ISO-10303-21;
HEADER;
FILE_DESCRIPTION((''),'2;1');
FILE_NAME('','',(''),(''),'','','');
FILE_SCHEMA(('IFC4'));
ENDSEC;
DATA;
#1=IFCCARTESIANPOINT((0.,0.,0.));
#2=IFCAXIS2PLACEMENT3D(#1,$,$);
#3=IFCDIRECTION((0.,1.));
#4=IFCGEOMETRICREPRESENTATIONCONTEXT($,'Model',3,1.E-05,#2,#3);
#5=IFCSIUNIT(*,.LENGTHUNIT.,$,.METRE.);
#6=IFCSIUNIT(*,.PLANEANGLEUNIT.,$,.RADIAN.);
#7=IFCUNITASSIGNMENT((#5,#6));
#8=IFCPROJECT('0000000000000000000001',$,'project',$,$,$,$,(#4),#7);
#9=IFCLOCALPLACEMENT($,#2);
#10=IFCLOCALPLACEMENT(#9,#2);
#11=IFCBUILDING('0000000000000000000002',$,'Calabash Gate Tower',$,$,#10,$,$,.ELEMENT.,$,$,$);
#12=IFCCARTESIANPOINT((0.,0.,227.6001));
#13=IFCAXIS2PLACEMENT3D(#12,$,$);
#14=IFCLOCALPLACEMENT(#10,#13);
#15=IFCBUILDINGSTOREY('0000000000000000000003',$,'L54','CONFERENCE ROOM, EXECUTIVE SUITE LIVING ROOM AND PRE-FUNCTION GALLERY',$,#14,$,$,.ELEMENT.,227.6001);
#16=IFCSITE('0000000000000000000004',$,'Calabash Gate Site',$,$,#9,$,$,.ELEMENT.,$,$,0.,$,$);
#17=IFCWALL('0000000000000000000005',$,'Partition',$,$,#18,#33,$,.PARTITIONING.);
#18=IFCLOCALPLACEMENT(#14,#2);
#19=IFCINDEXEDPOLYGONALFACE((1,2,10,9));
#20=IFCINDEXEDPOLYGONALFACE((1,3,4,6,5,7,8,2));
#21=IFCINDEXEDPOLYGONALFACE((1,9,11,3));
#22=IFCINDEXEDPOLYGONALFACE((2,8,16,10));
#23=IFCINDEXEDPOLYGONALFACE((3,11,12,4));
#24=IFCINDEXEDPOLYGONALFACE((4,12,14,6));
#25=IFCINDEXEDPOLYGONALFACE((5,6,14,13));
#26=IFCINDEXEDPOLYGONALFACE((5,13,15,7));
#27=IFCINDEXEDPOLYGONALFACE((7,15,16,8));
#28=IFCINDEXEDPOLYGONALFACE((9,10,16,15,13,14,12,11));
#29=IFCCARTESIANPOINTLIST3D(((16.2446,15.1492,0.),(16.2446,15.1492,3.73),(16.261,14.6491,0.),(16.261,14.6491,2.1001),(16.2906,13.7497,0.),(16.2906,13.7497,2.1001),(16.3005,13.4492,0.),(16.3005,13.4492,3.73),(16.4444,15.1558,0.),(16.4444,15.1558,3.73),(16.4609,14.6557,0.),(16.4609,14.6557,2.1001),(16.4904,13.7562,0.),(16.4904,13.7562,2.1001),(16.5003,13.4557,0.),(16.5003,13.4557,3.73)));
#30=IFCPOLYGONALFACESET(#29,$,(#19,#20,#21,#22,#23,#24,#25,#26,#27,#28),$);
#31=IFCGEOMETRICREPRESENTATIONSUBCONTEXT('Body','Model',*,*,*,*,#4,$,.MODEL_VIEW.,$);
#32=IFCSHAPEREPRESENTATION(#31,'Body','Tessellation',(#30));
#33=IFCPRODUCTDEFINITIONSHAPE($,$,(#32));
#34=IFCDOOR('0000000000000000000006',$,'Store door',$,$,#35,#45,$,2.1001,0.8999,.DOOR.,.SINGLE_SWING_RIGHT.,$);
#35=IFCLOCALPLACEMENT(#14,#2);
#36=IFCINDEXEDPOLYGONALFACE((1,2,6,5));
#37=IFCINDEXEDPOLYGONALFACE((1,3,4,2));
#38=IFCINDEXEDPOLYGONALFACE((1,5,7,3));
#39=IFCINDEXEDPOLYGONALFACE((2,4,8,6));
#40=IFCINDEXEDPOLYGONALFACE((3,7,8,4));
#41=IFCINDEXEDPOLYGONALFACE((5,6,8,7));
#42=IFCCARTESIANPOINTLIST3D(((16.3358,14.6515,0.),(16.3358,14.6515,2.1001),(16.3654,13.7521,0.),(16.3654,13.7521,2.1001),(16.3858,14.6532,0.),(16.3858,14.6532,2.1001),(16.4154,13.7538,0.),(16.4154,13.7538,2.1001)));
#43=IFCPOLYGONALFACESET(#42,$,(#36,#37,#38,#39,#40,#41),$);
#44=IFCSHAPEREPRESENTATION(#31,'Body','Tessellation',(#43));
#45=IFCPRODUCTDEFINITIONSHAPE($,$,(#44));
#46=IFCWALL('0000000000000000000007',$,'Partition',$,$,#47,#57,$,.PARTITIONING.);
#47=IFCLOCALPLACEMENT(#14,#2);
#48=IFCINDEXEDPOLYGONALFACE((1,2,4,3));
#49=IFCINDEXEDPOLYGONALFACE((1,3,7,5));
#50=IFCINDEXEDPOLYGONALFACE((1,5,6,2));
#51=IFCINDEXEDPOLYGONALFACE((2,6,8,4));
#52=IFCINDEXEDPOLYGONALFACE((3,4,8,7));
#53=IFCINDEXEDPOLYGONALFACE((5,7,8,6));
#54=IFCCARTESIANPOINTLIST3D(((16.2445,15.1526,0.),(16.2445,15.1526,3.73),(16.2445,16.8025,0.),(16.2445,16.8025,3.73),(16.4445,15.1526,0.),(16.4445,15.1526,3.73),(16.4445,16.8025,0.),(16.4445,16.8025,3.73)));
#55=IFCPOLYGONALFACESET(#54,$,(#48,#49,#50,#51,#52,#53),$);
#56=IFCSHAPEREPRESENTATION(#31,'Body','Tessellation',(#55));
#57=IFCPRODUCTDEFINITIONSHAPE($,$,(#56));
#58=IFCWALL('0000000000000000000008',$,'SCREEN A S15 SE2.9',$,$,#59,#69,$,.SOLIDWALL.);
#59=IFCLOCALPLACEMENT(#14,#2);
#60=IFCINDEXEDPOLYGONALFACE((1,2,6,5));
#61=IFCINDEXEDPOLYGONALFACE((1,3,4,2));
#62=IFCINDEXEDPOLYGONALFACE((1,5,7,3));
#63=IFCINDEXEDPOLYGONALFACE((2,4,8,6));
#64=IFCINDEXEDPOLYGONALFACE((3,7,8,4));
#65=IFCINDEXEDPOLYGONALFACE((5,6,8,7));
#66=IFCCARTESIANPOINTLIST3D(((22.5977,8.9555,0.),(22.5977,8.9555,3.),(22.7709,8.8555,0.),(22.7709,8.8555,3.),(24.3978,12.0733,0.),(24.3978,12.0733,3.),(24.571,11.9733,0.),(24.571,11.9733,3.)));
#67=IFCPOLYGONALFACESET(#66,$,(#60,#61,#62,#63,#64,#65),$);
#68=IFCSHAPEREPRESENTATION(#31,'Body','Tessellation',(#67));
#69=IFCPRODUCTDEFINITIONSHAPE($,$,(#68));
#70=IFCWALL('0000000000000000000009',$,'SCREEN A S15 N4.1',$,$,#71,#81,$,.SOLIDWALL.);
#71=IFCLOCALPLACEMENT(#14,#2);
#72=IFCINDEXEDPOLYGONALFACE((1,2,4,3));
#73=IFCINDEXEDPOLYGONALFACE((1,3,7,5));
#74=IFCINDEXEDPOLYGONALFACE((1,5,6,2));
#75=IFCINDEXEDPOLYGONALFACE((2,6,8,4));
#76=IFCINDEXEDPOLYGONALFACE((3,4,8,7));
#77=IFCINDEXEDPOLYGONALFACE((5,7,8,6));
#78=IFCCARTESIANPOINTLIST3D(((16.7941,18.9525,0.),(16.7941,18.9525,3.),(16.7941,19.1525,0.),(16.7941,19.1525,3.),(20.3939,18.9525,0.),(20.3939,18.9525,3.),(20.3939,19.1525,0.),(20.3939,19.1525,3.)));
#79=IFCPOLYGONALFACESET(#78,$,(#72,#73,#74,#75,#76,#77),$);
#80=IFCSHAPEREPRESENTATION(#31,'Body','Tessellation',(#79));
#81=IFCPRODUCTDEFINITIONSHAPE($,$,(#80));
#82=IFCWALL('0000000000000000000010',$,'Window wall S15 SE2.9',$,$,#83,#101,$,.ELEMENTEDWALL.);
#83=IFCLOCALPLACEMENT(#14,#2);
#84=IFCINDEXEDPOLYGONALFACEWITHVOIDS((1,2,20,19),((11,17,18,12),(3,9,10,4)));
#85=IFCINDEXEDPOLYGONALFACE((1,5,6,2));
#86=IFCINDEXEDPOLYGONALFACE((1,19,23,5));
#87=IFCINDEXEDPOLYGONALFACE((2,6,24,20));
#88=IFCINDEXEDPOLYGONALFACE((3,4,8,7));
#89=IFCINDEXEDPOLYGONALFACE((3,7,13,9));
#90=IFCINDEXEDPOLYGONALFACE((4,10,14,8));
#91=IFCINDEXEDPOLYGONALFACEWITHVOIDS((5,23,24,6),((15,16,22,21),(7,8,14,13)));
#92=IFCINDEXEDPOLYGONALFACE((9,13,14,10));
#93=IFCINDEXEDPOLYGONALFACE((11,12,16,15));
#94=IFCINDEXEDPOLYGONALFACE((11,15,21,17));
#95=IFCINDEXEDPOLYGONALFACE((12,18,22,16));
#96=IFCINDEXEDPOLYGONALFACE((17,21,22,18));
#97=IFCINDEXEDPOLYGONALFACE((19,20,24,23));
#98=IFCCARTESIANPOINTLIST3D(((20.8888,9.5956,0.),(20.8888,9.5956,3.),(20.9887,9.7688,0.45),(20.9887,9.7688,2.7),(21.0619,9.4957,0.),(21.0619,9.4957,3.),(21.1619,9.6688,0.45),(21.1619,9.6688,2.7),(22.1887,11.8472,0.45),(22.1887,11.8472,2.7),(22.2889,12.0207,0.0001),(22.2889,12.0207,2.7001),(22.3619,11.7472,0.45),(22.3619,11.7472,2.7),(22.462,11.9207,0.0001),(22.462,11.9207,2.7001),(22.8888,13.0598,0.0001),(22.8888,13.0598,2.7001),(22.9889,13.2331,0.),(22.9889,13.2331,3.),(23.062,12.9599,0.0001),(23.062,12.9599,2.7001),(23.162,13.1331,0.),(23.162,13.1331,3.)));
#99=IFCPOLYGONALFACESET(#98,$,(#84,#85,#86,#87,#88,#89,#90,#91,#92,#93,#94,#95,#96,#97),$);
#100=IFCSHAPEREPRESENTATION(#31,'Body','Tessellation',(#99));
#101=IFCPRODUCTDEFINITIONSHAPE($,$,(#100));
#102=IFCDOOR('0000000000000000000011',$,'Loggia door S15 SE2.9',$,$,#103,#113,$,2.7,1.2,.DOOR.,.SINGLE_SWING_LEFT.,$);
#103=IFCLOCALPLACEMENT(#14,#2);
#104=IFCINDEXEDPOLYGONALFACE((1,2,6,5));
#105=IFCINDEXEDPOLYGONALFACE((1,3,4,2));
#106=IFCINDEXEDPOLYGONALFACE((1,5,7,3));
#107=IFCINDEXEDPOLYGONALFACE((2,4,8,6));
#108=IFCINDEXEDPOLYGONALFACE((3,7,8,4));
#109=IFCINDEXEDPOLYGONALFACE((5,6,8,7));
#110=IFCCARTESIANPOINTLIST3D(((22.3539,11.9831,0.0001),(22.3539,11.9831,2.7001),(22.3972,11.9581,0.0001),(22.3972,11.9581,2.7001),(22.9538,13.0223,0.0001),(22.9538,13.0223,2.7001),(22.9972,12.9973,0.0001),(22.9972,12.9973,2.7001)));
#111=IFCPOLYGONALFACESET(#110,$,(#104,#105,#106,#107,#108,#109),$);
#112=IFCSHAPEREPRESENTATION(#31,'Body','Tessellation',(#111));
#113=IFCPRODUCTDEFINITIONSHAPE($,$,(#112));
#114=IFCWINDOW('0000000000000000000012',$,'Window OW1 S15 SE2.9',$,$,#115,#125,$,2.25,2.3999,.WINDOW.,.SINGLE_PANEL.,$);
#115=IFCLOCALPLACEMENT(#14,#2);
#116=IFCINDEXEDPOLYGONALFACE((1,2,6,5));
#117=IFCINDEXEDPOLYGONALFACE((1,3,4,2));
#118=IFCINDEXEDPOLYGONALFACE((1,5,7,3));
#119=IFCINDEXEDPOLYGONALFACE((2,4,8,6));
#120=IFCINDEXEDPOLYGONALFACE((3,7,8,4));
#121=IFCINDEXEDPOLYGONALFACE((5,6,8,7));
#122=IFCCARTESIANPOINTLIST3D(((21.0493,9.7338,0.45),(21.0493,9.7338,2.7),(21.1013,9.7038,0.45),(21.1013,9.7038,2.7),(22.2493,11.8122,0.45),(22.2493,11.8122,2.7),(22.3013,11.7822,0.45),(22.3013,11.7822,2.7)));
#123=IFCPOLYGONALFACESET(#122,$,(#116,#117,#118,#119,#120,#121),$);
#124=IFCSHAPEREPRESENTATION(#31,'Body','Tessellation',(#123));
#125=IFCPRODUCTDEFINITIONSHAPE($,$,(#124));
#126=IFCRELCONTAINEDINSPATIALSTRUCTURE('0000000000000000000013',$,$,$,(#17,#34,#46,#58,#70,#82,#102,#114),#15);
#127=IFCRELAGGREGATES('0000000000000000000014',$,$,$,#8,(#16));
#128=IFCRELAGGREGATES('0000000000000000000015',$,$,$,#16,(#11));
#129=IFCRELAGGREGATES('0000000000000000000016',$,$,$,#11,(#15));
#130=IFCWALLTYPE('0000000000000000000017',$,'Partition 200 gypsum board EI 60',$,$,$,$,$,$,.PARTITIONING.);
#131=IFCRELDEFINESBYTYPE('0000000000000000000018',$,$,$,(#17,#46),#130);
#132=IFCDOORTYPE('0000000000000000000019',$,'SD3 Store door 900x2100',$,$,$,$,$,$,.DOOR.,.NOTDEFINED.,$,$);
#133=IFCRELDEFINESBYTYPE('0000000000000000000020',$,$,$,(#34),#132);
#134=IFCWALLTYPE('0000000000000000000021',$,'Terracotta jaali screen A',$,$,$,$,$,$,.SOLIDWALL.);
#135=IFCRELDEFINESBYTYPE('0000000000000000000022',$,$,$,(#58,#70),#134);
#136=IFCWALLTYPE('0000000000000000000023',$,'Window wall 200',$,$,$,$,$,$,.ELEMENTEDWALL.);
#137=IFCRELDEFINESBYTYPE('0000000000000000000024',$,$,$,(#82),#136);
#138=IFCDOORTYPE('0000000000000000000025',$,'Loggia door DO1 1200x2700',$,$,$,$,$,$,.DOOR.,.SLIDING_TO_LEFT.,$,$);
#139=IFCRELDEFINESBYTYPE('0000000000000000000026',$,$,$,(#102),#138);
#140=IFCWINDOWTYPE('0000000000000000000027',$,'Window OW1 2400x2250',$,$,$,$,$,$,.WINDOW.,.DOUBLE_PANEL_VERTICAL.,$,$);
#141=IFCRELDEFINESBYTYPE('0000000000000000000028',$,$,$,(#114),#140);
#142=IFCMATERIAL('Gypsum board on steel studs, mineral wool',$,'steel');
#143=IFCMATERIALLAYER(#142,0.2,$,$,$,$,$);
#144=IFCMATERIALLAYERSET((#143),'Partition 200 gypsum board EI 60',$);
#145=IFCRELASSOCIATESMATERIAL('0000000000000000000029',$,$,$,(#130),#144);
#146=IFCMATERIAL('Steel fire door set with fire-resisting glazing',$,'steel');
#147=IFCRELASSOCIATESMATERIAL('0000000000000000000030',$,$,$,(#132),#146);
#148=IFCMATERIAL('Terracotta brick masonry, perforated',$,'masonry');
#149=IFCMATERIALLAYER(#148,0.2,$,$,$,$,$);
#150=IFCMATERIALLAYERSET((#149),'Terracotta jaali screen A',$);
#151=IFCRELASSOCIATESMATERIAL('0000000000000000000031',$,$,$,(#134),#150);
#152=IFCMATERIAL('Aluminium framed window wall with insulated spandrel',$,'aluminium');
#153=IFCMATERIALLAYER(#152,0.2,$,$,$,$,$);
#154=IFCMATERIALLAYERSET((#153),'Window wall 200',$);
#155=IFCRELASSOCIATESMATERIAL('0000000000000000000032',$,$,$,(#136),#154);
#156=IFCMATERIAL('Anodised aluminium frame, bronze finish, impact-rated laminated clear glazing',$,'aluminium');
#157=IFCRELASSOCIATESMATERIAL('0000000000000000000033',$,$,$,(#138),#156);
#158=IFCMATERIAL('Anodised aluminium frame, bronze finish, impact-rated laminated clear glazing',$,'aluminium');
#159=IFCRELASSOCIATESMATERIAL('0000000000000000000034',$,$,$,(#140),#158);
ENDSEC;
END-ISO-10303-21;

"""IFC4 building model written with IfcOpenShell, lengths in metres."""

from ifc_helpers import new_model, si_unit, direction, frame, frame_2d, origin, place, context, subcontext, project, spatial, rectangle, extrude, material, layer, layer_set, type_object, element, fill, save


model = new_model("IFC4")

# Units and contexts
model_context = context("Model", 3, precision=1e-05, world=origin(), true_north=direction((0.0, 1.0)))
body_context = subcontext(model_context, "Body", "Model", "MODEL_VIEW")
ifc_project = project(units=[si_unit("LENGTHUNIT", "METRE"), si_unit("PLANEANGLEUNIT", "RADIAN")], contexts=[model_context])

# Site, building, storey
site_placement = place(None, origin())
site = spatial("IfcSite", under=ifc_project, at=site_placement, Name="Calabash Gate Site", CompositionType="ELEMENT", RefElevation=0.0)
building_placement = place(site_placement, origin())
building = spatial("IfcBuilding", under=site, at=building_placement, Name="Calabash Gate Tower", CompositionType="ELEMENT")
storey_placement = place(building_placement, frame((0.0, 0.0, 227.6001)))
storey = spatial("IfcBuildingStorey", under=building, at=storey_placement, Name="L54", Description="CONFERENCE ROOM, EXECUTIVE SUITE LIVING ROOM AND PRE-FUNCTION GALLERY", CompositionType="ELEMENT", Elevation=227.6001)

# Shared definitions
ifc_material_1 = material(Name="Gypsum board on steel studs, mineral wool", Category="steel")
ifc_layer_1 = layer(ifc_material_1, 0.2)
ifc_layer_set_1 = layer_set([ifc_layer_1], Name="Partition 200 gypsum board EI 60")
wall_type_1 = type_object("IfcWallType", Name="Partition 200 gypsum board EI 60", PredefinedType="PARTITIONING", material=ifc_layer_set_1)

# Wall, opening, door
wall_1_placement = place(storey_placement, frame((16.3445, 15.1526, 0.0), z_axis=(0.0, 0.0, 1.0), x_axis=(0.03287, -0.99946, 0.0)))
wall_1 = element("IfcWall", 1, at=wall_1_placement, inside=storey, type_object=wall_type_1, Name="Partition", PredefinedType="PARTITIONING", context=body_context, shape_type="SweptSolid", body=[
    extrude(rectangle(XDim=1.7009, YDim=0.2, at=frame_2d((0.8506, 0.0))), origin(), (0.0, 0.0, 1.0), 3.73),
])
opening_1_placement = place(wall_1_placement, frame((0.5005, 0.0, 0.0)))
opening_1 = element("IfcOpeningElement", 2, at=opening_1_placement, cuts=wall_1, PredefinedType="OPENING", context=body_context, shape_type="SweptSolid", body=[
    extrude(rectangle(XDim=0.8999, YDim=2.1001, at=frame_2d((0.45, 1.05))), frame((0.0, 0.1099, 0.0), z_axis=(0.0, -1.0, 0.0), x_axis=(1.0, 0.0, 0.0)), (0.0, 0.0, 1.0), 0.22),
])
ifc_material_2 = material(Name="Steel fire door set with fire-resisting glazing", Category="steel")
door_type_1 = type_object("IfcDoorType", Name="SD3 Store door 900x2100", OperationType="NOTDEFINED", PredefinedType="DOOR", material=ifc_material_2)
door_1_placement = place(opening_1_placement, origin())
door_1 = element("IfcDoor", 3, at=door_1_placement, inside=storey, type_object=door_type_1, Name="Store door", OperationType="SINGLE_SWING_RIGHT", OverallHeight=2.1001, OverallWidth=0.8999, PredefinedType="DOOR", context=body_context, shape_type="SweptSolid", body=[
    extrude(rectangle(XDim=0.8999, YDim=2.1001, at=frame_2d((0.45, 1.05))), frame((0.0, 0.0249, 0.0), z_axis=(0.0, -1.0, 0.0), x_axis=(1.0, 0.0, 0.0)), (0.0, 0.0, 1.0), 0.05),
])
fill(opening_1, door_1)

# Walls
wall_2_placement = place(storey_placement, frame((16.3445, 15.1526, 0.0), z_axis=(0.0, 0.0, 1.0), x_axis=(0.0, 1.0, 0.0)))
element("IfcWall", 4, at=wall_2_placement, inside=storey, type_object=wall_type_1, Name="Partition", PredefinedType="PARTITIONING", context=body_context, shape_type="SweptSolid", body=[
    extrude(rectangle(XDim=1.6499, YDim=0.2, at=frame_2d((0.825, 0.0))), origin(), (0.0, 0.0, 1.0), 3.73),
])
ifc_material_3 = material(Name="Terracotta brick masonry, perforated", Category="masonry")
ifc_layer_2 = layer(ifc_material_3, 0.2)
ifc_layer_set_2 = layer_set([ifc_layer_2], Name="Terracotta jaali screen A")
wall_type_2 = type_object("IfcWallType", Name="Terracotta jaali screen A", PredefinedType="SOLIDWALL", material=ifc_layer_set_2)
wall_3_placement = place(storey_placement, frame((22.6843, 8.9055, 0.0), z_axis=(0.0, 0.0, 1.0), x_axis=(0.500012, 0.866018, 0.0)))
element("IfcWall", 5, at=wall_3_placement, inside=storey, type_object=wall_type_2, Name="SCREEN A S15 SE2.9", PredefinedType="SOLIDWALL", context=body_context, shape_type="SweptSolid", body=[
    extrude(rectangle(XDim=3.6001, YDim=0.2, at=frame_2d((1.8, 0.0))), origin(), (0.0, 0.0, 1.0), 3.0),
])
wall_4_placement = place(storey_placement, frame((20.3938, 19.0525, 0.0), z_axis=(0.0, 0.0, 1.0), x_axis=(-1.0, 0.0, 0.0)))
element("IfcWall", 6, at=wall_4_placement, inside=storey, type_object=wall_type_2, Name="SCREEN A S15 N4.1", PredefinedType="SOLIDWALL", context=body_context, shape_type="SweptSolid", body=[
    extrude(rectangle(XDim=3.5999, YDim=0.2, at=frame_2d((1.7998, 0.0))), origin(), (0.0, 0.0, 1.0), 3.0),
])

# Wall, openings, door, window
ifc_material_4 = material(Name="Aluminium framed window wall with insulated spandrel", Category="aluminium")
ifc_layer_3 = layer(ifc_material_4, 0.2)
ifc_layer_set_3 = layer_set([ifc_layer_3], Name="Window wall 200")
wall_type_3 = type_object("IfcWallType", Name="Window wall 200", PredefinedType="ELEMENTEDWALL", material=ifc_layer_set_3)
wall_5_placement = place(storey_placement, frame((20.9753, 9.5457, 0.0), z_axis=(0.0, 0.0, 1.0), x_axis=(0.500003, 0.866024, 0.0)))
wall_5 = element("IfcWall", 7, at=wall_5_placement, inside=storey, type_object=wall_type_3, Name="Window wall S15 SE2.9", PredefinedType="ELEMENTEDWALL", context=body_context, shape_type="SweptSolid", body=[
    extrude(rectangle(XDim=4.2002, YDim=0.2, at=frame_2d((2.1001, 0.0))), origin(), (0.0, 0.0, 1.0), 3.0),
])
opening_2_placement = place(wall_5_placement, frame((0.2, 0.0, 0.45)))
opening_2 = element("IfcOpeningElement", 8, at=opening_2_placement, cuts=wall_5, PredefinedType="OPENING", context=body_context, shape_type="SweptSolid", body=[
    extrude(rectangle(XDim=2.3999, YDim=2.25, at=frame_2d((1.2, 1.125))), frame((0.0, 0.1099, 0.0), z_axis=(0.0, -1.0, 0.0), x_axis=(1.0, 0.0, 0.0)), (0.0, 0.0, 1.0), 0.22),
])
opening_3_placement = place(wall_5_placement, frame((2.8, 0.0, 0.0)))
opening_3 = element("IfcOpeningElement", 9, at=opening_3_placement, cuts=wall_5, PredefinedType="OPENING", context=body_context, shape_type="SweptSolid", body=[
    extrude(rectangle(XDim=1.2, YDim=2.7, at=frame_2d((0.6001, 1.3501))), frame((0.0, 0.1099, 0.0), z_axis=(0.0, -1.0, 0.0), x_axis=(1.0, 0.0, 0.0)), (0.0, 0.0, 1.0), 0.22),
])
ifc_material_5 = material(Name="Anodised aluminium frame, bronze finish, impact-rated laminated clear glazing", Category="aluminium")
door_type_2 = type_object("IfcDoorType", Name="Loggia door DO1 1200x2700", OperationType="SLIDING_TO_LEFT", PredefinedType="DOOR", material=ifc_material_5)
door_2_placement = place(opening_3_placement, origin())
door_2 = element("IfcDoor", 10, at=door_2_placement, inside=storey, type_object=door_type_2, Name="Loggia door S15 SE2.9", OperationType="SINGLE_SWING_LEFT", OverallHeight=2.7, OverallWidth=1.2, PredefinedType="DOOR", context=body_context, shape_type="SweptSolid", body=[
    extrude(rectangle(XDim=1.2, YDim=2.7, at=frame_2d((0.6001, 1.3501))), frame((0.0, 0.0249, 0.0), z_axis=(0.0, -1.0, 0.0), x_axis=(1.0, 0.0, 0.0)), (0.0, 0.0, 1.0), 0.05),
])
fill(opening_3, door_2)
ifc_material_6 = material(Name="Anodised aluminium frame, bronze finish, impact-rated laminated clear glazing", Category="aluminium")
window_type = type_object("IfcWindowType", Name="Window OW1 2400x2250", PartitioningType="DOUBLE_PANEL_VERTICAL", PredefinedType="WINDOW", material=ifc_material_6)
window_1_placement = place(opening_2_placement, origin())
window_1 = element("IfcWindow", 11, at=window_1_placement, inside=storey, type_object=window_type, Name="Window OW1 S15 SE2.9", OverallHeight=2.25, OverallWidth=2.3999, PartitioningType="SINGLE_PANEL", PredefinedType="WINDOW", context=body_context, shape_type="SweptSolid", body=[
    extrude(rectangle(XDim=2.3999, YDim=2.25, at=frame_2d((1.2, 1.125))), frame((0.0, 0.03, 0.0), z_axis=(0.0, -1.0, 0.0), x_axis=(1.0, 0.0, 0.0)), (0.0, 0.0, 1.0), 0.0601),
])
fill(opening_2, window_1)

save(model, "model.ifc")
